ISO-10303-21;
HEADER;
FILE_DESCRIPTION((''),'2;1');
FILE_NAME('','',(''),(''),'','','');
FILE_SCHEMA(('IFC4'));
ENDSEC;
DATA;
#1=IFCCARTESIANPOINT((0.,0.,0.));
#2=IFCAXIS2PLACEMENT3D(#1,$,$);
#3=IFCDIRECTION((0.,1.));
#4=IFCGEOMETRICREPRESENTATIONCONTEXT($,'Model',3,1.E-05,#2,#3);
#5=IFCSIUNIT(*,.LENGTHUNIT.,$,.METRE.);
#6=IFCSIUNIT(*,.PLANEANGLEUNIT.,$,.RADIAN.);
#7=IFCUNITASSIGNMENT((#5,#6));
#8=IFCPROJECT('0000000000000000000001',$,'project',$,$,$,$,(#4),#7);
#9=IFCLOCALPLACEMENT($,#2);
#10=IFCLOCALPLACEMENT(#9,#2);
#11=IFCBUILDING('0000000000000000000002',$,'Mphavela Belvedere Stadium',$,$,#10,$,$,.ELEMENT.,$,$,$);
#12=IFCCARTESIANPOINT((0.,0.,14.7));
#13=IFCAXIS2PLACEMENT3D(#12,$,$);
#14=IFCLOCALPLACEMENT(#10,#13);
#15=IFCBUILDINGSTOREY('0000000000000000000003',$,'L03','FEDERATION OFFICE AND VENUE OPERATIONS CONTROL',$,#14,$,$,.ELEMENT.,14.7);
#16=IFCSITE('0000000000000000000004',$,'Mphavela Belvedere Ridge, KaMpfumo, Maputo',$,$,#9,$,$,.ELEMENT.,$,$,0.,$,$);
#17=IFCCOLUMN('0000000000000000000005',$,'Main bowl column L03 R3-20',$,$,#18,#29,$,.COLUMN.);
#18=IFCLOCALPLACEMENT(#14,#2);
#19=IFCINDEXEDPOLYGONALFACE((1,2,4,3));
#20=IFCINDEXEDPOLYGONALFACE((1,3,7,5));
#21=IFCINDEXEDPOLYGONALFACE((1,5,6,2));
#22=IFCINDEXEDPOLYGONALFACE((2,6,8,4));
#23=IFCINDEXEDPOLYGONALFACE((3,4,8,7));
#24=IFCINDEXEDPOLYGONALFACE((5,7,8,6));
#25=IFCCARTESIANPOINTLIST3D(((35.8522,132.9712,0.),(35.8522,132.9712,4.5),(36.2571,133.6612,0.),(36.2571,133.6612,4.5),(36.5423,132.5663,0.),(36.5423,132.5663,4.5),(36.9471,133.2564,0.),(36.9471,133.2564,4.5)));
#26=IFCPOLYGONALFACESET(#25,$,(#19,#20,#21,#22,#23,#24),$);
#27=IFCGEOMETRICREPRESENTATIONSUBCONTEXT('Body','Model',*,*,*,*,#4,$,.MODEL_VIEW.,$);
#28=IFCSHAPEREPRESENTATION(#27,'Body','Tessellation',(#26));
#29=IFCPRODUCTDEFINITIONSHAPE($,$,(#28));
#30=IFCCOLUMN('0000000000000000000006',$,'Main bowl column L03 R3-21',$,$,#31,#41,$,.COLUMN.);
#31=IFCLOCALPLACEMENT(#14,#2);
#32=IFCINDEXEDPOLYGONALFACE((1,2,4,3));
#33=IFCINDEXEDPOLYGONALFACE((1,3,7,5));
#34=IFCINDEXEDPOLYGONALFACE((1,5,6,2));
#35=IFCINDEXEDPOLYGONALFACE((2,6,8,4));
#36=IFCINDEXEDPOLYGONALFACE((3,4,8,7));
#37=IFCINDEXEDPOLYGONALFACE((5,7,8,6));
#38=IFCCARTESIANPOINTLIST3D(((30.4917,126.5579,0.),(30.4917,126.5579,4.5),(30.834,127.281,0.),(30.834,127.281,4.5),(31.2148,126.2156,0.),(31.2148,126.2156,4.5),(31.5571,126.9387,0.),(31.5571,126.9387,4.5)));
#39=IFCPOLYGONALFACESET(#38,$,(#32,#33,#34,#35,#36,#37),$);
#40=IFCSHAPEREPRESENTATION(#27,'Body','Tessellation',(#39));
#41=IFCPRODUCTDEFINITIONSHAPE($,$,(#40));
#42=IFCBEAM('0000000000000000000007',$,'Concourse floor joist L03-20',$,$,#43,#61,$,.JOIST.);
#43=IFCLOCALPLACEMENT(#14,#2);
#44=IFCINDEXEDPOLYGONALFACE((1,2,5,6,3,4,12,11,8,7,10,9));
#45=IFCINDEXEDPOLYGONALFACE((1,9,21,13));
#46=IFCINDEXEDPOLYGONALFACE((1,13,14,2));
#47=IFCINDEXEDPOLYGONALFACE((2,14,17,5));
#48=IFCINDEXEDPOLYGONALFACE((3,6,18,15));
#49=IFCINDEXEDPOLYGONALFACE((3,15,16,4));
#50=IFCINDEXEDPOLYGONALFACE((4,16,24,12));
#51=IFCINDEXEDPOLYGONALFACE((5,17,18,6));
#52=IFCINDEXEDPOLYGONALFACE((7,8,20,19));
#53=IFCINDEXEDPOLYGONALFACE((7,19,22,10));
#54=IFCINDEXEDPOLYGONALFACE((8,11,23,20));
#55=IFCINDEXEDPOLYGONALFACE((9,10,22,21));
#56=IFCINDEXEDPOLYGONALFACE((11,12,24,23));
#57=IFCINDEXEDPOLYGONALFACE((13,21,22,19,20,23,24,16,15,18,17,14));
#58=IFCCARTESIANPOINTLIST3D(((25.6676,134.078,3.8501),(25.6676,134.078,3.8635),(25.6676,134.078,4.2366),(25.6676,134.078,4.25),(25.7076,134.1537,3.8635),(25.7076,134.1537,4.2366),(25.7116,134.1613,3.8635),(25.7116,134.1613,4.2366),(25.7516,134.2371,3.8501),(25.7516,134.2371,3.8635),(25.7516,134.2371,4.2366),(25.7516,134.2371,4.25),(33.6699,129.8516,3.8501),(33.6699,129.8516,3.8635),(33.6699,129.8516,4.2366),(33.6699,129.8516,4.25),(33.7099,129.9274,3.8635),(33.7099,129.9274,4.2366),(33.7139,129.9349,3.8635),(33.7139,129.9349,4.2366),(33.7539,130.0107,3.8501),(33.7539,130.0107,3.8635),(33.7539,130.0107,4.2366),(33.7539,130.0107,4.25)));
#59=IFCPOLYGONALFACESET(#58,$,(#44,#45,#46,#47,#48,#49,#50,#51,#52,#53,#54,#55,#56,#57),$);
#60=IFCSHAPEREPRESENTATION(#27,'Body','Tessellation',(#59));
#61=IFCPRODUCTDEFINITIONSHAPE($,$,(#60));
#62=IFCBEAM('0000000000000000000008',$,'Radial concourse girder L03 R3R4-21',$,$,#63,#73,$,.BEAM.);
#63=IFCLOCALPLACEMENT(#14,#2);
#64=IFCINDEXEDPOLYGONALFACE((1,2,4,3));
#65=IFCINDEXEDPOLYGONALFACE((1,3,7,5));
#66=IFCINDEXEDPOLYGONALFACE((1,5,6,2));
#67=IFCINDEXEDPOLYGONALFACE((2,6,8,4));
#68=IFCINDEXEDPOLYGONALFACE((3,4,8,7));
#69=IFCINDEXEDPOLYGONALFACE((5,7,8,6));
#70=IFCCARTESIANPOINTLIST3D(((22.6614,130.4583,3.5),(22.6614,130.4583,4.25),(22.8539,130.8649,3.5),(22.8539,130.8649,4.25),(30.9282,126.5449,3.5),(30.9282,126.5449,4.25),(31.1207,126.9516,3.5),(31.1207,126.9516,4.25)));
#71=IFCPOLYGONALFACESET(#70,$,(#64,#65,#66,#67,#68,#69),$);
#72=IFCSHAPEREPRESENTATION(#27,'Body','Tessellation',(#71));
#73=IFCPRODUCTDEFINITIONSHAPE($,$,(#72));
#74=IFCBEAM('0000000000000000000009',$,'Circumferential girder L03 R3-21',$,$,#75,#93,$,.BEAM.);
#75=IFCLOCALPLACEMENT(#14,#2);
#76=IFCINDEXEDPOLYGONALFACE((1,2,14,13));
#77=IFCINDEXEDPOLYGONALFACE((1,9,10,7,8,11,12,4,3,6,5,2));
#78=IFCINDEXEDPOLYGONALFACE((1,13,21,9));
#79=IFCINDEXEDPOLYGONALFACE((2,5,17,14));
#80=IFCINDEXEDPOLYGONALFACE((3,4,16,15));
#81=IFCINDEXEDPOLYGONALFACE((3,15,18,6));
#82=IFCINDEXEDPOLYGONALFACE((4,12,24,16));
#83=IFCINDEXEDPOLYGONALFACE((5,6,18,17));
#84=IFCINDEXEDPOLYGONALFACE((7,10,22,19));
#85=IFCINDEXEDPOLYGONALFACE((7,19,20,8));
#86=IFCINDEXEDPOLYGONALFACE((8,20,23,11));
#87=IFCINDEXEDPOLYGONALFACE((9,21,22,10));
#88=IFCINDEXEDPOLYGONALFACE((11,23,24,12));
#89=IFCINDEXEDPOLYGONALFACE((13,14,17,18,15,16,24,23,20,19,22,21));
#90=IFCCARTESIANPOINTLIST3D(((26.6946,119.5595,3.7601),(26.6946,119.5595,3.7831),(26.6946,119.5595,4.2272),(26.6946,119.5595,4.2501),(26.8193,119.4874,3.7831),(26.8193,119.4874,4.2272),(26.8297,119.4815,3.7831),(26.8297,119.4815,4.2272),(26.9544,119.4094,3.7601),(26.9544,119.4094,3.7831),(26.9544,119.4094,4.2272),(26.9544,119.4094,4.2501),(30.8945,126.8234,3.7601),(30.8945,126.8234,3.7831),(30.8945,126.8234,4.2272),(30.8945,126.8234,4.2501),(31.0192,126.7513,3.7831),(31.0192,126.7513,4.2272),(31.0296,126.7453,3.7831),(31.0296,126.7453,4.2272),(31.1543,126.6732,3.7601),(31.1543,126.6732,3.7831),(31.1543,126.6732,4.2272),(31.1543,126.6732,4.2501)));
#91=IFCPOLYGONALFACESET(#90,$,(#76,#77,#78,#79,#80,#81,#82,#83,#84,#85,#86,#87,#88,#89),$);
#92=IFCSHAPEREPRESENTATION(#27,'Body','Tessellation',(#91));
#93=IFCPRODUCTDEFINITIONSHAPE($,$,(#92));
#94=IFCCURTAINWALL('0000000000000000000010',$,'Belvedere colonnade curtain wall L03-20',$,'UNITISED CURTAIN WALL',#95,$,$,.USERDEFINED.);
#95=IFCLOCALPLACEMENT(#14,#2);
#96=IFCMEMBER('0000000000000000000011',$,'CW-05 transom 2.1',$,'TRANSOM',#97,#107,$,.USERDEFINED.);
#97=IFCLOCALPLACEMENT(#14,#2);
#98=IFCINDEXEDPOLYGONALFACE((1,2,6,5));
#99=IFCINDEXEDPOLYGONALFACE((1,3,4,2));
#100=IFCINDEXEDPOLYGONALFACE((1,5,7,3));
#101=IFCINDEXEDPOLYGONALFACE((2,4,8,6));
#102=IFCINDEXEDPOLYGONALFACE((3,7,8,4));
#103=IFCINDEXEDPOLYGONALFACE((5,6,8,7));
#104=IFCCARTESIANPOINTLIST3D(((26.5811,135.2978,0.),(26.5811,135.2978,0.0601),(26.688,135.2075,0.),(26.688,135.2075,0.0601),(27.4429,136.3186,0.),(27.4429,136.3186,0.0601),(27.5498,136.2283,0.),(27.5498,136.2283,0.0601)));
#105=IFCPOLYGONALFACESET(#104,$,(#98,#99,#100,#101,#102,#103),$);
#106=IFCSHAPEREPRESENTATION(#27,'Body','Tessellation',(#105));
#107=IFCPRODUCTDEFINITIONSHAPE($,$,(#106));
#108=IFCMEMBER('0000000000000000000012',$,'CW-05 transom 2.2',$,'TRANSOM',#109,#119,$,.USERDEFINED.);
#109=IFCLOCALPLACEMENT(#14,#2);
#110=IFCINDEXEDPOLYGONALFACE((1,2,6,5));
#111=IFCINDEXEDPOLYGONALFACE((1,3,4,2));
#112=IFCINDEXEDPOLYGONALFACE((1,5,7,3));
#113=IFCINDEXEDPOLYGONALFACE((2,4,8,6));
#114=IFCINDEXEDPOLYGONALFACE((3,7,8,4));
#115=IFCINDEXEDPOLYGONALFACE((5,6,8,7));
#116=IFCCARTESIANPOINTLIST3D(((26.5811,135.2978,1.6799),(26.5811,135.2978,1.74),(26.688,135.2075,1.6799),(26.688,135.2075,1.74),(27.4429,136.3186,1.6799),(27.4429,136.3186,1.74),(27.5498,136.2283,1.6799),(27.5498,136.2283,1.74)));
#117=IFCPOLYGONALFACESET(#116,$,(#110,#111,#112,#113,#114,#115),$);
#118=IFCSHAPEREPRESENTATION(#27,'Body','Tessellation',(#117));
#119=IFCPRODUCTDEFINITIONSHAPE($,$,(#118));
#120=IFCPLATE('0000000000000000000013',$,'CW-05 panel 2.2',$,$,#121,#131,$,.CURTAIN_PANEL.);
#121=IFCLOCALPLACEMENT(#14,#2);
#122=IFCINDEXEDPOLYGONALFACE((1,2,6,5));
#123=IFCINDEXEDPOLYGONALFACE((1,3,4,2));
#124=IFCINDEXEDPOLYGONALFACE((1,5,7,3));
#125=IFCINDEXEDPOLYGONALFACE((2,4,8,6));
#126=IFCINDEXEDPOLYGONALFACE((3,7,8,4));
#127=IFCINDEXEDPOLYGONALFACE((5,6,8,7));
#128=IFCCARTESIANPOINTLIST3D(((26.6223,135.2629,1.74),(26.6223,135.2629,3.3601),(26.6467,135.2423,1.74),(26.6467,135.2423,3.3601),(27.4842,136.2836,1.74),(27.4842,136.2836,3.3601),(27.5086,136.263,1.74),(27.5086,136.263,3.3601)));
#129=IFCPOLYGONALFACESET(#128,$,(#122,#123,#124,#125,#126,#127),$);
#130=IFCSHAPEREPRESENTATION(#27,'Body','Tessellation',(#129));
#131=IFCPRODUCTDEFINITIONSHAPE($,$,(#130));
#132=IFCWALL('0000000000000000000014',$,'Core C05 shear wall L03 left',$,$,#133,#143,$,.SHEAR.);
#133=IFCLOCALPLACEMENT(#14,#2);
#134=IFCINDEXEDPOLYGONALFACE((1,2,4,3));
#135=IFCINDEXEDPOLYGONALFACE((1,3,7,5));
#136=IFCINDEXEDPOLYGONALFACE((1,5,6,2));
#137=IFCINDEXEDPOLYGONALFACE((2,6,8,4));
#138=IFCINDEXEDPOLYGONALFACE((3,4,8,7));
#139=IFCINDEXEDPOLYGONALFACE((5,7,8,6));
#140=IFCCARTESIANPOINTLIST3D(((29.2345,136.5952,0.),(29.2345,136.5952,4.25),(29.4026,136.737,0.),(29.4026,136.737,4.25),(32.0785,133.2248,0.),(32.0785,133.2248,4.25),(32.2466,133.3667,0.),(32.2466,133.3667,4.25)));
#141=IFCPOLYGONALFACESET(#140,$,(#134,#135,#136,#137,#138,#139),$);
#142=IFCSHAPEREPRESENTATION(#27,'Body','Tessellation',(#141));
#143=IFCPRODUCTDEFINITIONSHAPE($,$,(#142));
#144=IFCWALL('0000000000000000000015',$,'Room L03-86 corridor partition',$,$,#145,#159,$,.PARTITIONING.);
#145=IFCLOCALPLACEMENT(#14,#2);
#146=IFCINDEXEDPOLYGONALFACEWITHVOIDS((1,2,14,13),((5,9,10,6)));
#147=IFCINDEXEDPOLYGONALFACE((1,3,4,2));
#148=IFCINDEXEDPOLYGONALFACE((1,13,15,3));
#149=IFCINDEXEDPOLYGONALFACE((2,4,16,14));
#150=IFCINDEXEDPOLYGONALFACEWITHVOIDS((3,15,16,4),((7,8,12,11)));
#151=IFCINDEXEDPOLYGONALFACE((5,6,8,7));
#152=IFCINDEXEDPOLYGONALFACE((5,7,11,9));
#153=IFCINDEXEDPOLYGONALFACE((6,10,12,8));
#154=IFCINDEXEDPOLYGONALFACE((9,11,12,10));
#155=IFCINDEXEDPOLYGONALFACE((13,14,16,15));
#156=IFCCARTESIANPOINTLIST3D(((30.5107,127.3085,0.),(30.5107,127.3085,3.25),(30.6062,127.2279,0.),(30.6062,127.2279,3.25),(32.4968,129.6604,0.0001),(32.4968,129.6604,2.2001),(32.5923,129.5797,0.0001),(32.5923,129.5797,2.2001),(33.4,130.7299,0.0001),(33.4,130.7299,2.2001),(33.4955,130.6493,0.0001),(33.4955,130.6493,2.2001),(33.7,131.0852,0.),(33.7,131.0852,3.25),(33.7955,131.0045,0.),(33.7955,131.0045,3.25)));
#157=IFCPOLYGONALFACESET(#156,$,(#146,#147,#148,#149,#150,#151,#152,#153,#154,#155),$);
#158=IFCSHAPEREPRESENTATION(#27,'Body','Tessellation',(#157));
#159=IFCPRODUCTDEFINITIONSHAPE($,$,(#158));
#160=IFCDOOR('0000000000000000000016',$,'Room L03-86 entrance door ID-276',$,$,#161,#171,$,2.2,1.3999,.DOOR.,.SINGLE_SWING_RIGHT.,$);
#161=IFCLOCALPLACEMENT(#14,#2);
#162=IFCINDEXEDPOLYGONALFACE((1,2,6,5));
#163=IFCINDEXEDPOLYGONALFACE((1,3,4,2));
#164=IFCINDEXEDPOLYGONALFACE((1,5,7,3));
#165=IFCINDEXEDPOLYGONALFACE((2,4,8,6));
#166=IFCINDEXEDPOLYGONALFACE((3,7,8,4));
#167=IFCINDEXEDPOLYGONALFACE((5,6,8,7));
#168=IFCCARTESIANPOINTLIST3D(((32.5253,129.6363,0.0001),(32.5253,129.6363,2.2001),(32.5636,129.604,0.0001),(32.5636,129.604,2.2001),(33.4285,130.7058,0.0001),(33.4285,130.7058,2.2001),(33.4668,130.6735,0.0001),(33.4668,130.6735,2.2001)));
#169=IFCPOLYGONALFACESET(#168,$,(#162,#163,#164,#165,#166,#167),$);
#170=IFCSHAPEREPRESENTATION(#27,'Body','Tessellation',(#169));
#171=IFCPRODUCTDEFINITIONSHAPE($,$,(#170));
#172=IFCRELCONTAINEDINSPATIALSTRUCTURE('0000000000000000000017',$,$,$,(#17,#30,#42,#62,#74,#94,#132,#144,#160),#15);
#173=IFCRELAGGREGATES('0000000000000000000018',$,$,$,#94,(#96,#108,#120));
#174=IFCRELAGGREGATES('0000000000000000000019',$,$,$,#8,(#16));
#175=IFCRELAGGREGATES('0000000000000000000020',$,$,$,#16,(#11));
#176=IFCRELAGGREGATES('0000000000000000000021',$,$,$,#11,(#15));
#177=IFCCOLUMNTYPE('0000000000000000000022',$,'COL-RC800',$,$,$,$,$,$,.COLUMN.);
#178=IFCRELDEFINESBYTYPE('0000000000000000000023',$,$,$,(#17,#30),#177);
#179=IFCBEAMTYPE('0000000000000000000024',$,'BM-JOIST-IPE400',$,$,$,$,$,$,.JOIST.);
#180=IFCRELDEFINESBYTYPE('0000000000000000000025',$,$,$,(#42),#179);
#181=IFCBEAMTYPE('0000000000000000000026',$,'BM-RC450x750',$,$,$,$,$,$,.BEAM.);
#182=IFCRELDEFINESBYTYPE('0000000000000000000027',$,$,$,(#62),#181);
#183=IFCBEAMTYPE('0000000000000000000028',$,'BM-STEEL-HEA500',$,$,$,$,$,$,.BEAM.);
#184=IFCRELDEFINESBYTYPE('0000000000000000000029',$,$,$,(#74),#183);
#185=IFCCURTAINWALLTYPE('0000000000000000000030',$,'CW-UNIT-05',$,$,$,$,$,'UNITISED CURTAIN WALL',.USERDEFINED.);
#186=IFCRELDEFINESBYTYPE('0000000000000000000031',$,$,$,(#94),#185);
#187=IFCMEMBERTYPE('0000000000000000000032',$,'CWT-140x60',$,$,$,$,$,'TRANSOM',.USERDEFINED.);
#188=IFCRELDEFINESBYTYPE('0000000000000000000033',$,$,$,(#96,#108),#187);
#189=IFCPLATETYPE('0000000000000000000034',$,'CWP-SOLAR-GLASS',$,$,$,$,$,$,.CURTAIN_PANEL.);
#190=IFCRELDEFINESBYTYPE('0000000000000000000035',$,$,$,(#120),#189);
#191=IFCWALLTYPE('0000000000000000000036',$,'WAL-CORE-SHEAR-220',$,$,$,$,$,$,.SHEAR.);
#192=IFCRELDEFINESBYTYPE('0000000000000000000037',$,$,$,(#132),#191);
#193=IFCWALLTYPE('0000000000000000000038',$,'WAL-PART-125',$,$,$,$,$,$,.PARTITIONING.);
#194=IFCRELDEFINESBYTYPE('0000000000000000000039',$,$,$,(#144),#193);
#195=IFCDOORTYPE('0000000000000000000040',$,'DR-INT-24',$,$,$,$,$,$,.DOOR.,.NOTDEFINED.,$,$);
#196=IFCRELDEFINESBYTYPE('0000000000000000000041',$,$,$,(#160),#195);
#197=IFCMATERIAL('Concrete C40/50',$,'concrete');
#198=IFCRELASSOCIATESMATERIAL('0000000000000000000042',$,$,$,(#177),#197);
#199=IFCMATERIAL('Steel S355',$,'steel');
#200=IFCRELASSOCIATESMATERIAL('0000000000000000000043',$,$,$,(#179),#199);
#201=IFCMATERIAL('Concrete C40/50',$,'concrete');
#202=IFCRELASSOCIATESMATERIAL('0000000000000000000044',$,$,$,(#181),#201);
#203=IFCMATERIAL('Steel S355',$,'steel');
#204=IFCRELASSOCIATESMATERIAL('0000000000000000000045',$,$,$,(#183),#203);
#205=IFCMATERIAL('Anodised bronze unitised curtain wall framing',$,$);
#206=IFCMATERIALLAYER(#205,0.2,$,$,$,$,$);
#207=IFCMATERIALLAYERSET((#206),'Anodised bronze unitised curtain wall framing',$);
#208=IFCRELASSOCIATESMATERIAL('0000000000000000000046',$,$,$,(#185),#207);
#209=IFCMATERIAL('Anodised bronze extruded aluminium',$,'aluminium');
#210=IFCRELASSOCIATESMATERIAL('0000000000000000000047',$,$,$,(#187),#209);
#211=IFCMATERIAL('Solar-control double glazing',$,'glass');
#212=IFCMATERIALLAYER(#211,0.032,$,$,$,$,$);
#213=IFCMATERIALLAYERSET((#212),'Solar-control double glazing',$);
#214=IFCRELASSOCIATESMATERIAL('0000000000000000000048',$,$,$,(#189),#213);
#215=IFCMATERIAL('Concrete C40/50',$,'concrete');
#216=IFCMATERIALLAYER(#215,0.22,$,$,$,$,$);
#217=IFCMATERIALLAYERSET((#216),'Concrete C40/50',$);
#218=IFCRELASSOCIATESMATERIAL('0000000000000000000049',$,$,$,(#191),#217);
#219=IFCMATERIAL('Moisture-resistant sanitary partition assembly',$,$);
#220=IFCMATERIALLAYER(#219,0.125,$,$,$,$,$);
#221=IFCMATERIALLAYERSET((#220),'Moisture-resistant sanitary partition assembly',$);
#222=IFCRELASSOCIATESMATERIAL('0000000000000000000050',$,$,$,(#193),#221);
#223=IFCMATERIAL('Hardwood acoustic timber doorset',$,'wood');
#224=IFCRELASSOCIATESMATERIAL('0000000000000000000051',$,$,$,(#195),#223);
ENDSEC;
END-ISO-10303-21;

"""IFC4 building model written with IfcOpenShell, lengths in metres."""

from ifc_helpers import new_model, si_unit, direction, frame, frame_2d, origin, origin_2d, place, context, subcontext, project, spatial, rectangle, i_section, extrude, material, layer, layer_set, material_profile, profile_set, type_object, element, fill, aggregate, save


model = new_model("IFC4")

# Units and contexts
model_context = context("Model", 3, precision=1e-05, world=origin(), true_north=direction((0.0, 1.0)))
body_context = subcontext(model_context, "Body", "Model", "MODEL_VIEW")
ifc_project = project(units=[si_unit("LENGTHUNIT", "METRE"), si_unit("PLANEANGLEUNIT", "RADIAN")], contexts=[model_context])

# Site, building, storey
site_placement = place(None, origin())
site = spatial("IfcSite", under=ifc_project, at=site_placement, Name="Mphavela Belvedere Ridge, KaMpfumo, Maputo", CompositionType="ELEMENT", RefElevation=0.0)
building_placement = place(site_placement, origin())
building = spatial("IfcBuilding", under=site, at=building_placement, Name="Mphavela Belvedere Stadium", CompositionType="ELEMENT")
storey_placement = place(building_placement, frame((0.0, 0.0, 14.7)))
storey = spatial("IfcBuildingStorey", under=building, at=storey_placement, Name="L03", Description="FEDERATION OFFICE AND VENUE OPERATIONS CONTROL", CompositionType="ELEMENT", Elevation=14.7)

# Columns
ifc_material_1 = material(Name="Concrete C40/50", Category="concrete")
ifc_material_profile_1 = material_profile(ifc_material_1, rectangle(XDim=0.8, YDim=0.8, at=origin_2d()), Name="RC 800x800")
ifc_profile_set_1 = profile_set([ifc_material_profile_1], Name="Concrete C40/50")
column_type = type_object("IfcColumnType", Name="COL-RC800", PredefinedType="COLUMN", material=ifc_profile_set_1)
for number, where, z_axis, x_axis, name in (
    (1, (36.3997, 133.1138, 0.0), (0.0, 0.0, 1.0), (-0.862514, 0.506034, 0.0), "Main bowl column L03 R3-20"),
    (2, (31.0244, 126.7483, 0.0), (0.0, 0.0, 1.0), (-0.903859, 0.427831, 0.0), "Main bowl column L03 R3-21"),
):
    element("IfcColumn", number, at=place(storey_placement, frame(where, z_axis=z_axis, x_axis=x_axis)), inside=storey, type_object=column_type, Name=name, PredefinedType="COLUMN", context=body_context, shape_type="SweptSolid", body=[
        extrude(rectangle(XDim=0.8, YDim=0.8, at=origin_2d()), origin(), (0.0, 0.0, 1.0), 4.5),
    ])

# Beams
ifc_material_2 = material(Name="Steel S355", Category="steel")
ifc_material_profile_2 = material_profile(ifc_material_2, i_section(OverallWidth=0.1799, OverallDepth=0.3999, WebThickness=0.0085, FlangeThickness=0.0134, at=origin_2d()), Name="IPE 400")
ifc_profile_set_2 = profile_set([ifc_material_profile_2], Name="Steel S355")
beam_type_1 = type_object("IfcBeamType", Name="BM-JOIST-IPE400", PredefinedType="JOIST", material=ifc_profile_set_2)
beam_1_placement = place(storey_placement, frame((33.7119, 129.9312, 4.05), z_axis=(-0.884251, 0.467012, 0.0), x_axis=(-0.467012, -0.884251, 0.0)))
element("IfcBeam", 3, at=beam_1_placement, inside=storey, type_object=beam_type_1, Name="Concourse floor joist L03-20", PredefinedType="JOIST", context=body_context, shape_type="SweptSolid", body=[
    extrude(i_section(OverallWidth=0.1799, OverallDepth=0.3999, WebThickness=0.0085, FlangeThickness=0.0134, at=origin_2d()), origin(), (0.0, 0.0, 1.0), 9.0498),
])
ifc_material_3 = material(Name="Concrete C40/50", Category="concrete")
ifc_material_profile_3 = material_profile(ifc_material_3, rectangle(XDim=0.45, YDim=0.75, at=origin_2d()), Name="RC 450x750")
ifc_profile_set_3 = profile_set([ifc_material_profile_3], Name="Concrete C40/50")
beam_type_2 = type_object("IfcBeamType", Name="BM-RC450x750", PredefinedType="BEAM", material=ifc_profile_set_3)
beam_2_placement = place(storey_placement, frame((31.0244, 126.7483, 3.875), z_axis=(-0.903845, 0.427859, 0.0), x_axis=(-0.427859, -0.903845, 0.0)))
element("IfcBeam", 4, at=beam_2_placement, inside=storey, type_object=beam_type_2, Name="Radial concourse girder L03 R3R4-21", PredefinedType="BEAM", context=body_context, shape_type="SweptSolid", body=[
    extrude(rectangle(XDim=0.45, YDim=0.75, at=origin_2d()), origin(), (0.0, 0.0, 1.0), 9.1462),
])
ifc_material_4 = material(Name="Steel S355", Category="steel")
ifc_material_profile_4 = material_profile(ifc_material_4, i_section(OverallWidth=0.3, OverallDepth=0.49, WebThickness=0.012, FlangeThickness=0.0229, at=origin_2d()), Name="HEA 500")
ifc_profile_set_4 = profile_set([ifc_material_profile_4], Name="Steel S355")
beam_type_3 = type_object("IfcBeamType", Name="BM-STEEL-HEA500", PredefinedType="BEAM", material=ifc_profile_set_4)
beam_3_placement = place(storey_placement, frame((31.0244, 126.7483, 4.0051), z_axis=(-0.500548, -0.865709, 0.0), x_axis=(0.865709, -0.500548, 0.0)))
element("IfcBeam", 5, at=beam_3_placement, inside=storey, type_object=beam_type_3, Name="Circumferential girder L03 R3-21", PredefinedType="BEAM", context=body_context, shape_type="SweptSolid", body=[
    extrude(i_section(OverallWidth=0.3, OverallDepth=0.49, WebThickness=0.012, FlangeThickness=0.0229, at=origin_2d()), origin(), (0.0, 0.0, 1.0), 8.3906),
])

# Curtain wall, members, plate
ifc_material_5 = material(Name="Anodised bronze unitised curtain wall framing")
ifc_layer_1 = layer(ifc_material_5, 0.2)
ifc_layer_set_1 = layer_set([ifc_layer_1], Name="Anodised bronze unitised curtain wall framing")
curtain_wall_type = type_object("IfcCurtainWallType", Name="CW-UNIT-05", ElementType="UNITISED CURTAIN WALL", PredefinedType="USERDEFINED", material=ifc_layer_set_1)
curtain_wall_placement = place(storey_placement, origin())
curtain_wall = element("IfcCurtainWall", 6, at=curtain_wall_placement, inside=storey, type_object=curtain_wall_type, Name="Belvedere colonnade curtain wall L03-20", ObjectType="UNITISED CURTAIN WALL", PredefinedType="USERDEFINED")
ifc_material_6 = material(Name="Anodised bronze extruded aluminium", Category="aluminium")
ifc_material_profile_5 = material_profile(ifc_material_6, rectangle(XDim=0.1399, YDim=0.0601, at=origin_2d()), Name="CW-TRN 140x60")
ifc_profile_set_5 = profile_set([ifc_material_profile_5], Name="Anodised bronze extruded aluminium")
member_type = type_object("IfcMemberType", Name="CWT-140x60", ElementType="TRANSOM", PredefinedType="USERDEFINED", material=ifc_profile_set_5)
member_1_placement = place(storey_placement, frame((27.4963, 136.2734, 0.03), z_axis=(-0.645114, -0.764086, 0.0), x_axis=(0.764086, -0.645114, 0.0)))
member_1 = element("IfcMember", 7, at=member_1_placement, type_object=member_type, Name="CW-05 transom 2.1", ObjectType="TRANSOM", PredefinedType="USERDEFINED", context=body_context, shape_type="SweptSolid", body=[
    extrude(rectangle(XDim=0.1399, YDim=0.0601, at=origin_2d()), origin(), (0.0, 0.0, 1.0), 1.3359),
])
member_2_placement = place(storey_placement, frame((27.4963, 136.2734, 1.71), z_axis=(-0.645114, -0.764086, 0.0), x_axis=(0.764086, -0.645114, 0.0)))
member_2 = element("IfcMember", 8, at=member_2_placement, type_object=member_type, Name="CW-05 transom 2.2", ObjectType="TRANSOM", PredefinedType="USERDEFINED", context=body_context, shape_type="SweptSolid", body=[
    extrude(rectangle(XDim=0.1399, YDim=0.0601, at=origin_2d()), origin(), (0.0, 0.0, 1.0), 1.3359),
])
ifc_material_7 = material(Name="Solar-control double glazing", Category="glass")
ifc_layer_2 = layer(ifc_material_7, 0.032)
ifc_layer_set_2 = layer_set([ifc_layer_2], Name="Solar-control double glazing")
plate_type = type_object("IfcPlateType", Name="CWP-SOLAR-GLASS", PredefinedType="CURTAIN_PANEL", material=ifc_layer_set_2)
plate_placement = place(storey_placement, frame((27.0654, 135.7629, 1.74), z_axis=(0.0, 0.0, 1.0), x_axis=(-0.645179, -0.764031, 0.0)))
plate = element("IfcPlate", 9, at=plate_placement, type_object=plate_type, Name="CW-05 panel 2.2", PredefinedType="CURTAIN_PANEL", context=body_context, shape_type="SweptSolid", body=[
    extrude(rectangle(XDim=1.3359, YDim=0.032, at=origin_2d()), origin(), (0.0, 0.0, 1.0), 1.6201),
])
aggregate(curtain_wall, [member_1, member_2, plate])

# Wall
ifc_material_8 = material(Name="Concrete C40/50", Category="concrete")
ifc_layer_3 = layer(ifc_material_8, 0.22)
ifc_layer_set_3 = layer_set([ifc_layer_3], Name="Concrete C40/50")
wall_type_1 = type_object("IfcWallType", Name="WAL-CORE-SHEAR-220", PredefinedType="SHEAR", material=ifc_layer_set_3)
wall_1_placement = place(storey_placement, frame((32.1626, 133.2957, 0.0), z_axis=(0.0, 0.0, 1.0), x_axis=(-0.644904, 0.764263, 0.0)))
element("IfcWall", 10, at=wall_1_placement, inside=storey, type_object=wall_type_1, Name="Core C05 shear wall L03 left", PredefinedType="SHEAR", context=body_context, shape_type="SweptSolid", body=[
    extrude(rectangle(XDim=4.4099, YDim=0.22, at=frame_2d((2.2051, 0.0))), origin(), (0.0, 0.0, 1.0), 4.25),
])

# Wall, opening, door
ifc_material_9 = material(Name="Moisture-resistant sanitary partition assembly")
ifc_layer_4 = layer(ifc_material_9, 0.125)
ifc_layer_set_4 = layer_set([ifc_layer_4], Name="Moisture-resistant sanitary partition assembly")
wall_type_2 = type_object("IfcWallType", Name="WAL-PART-125", PredefinedType="PARTITIONING", material=ifc_layer_set_4)
wall_2_placement = place(storey_placement, frame((33.7478, 131.0449, 0.0), z_axis=(0.0, 0.0, 1.0), x_axis=(-0.645189, -0.764023, 0.0)))
wall_2 = element("IfcWall", 11, at=wall_2_placement, inside=storey, type_object=wall_type_2, Name="Room L03-86 corridor partition", PredefinedType="PARTITIONING", context=body_context, shape_type="SweptSolid", body=[
    extrude(rectangle(XDim=4.9431, YDim=0.125, at=frame_2d((2.4717, 0.0))), origin(), (0.0, 0.0, 1.0), 3.25),
])
opening_1_placement = place(wall_2_placement, frame((0.4651, 0.0, 0.0)))
opening_1 = element("IfcOpeningElement", 12, at=opening_1_placement, cuts=wall_2, PredefinedType="OPENING", context=body_context, shape_type="SweptSolid", body=[
    extrude(rectangle(XDim=1.3999, YDim=2.2, at=frame_2d((0.7, 1.1001))), frame((0.0, 0.0725, 0.0), z_axis=(0.0, -1.0, 0.0), x_axis=(1.0, 0.0, 0.0)), (0.0, 0.0, 1.0), 0.145),
])
ifc_material_10 = material(Name="Hardwood acoustic timber doorset", Category="wood")
door_type_1 = type_object("IfcDoorType", Name="DR-INT-24", OperationType="NOTDEFINED", PredefinedType="DOOR", material=ifc_material_10)
door_1_placement = place(opening_1_placement, origin())
door_1 = element("IfcDoor", 13, at=door_1_placement, inside=storey, type_object=door_type_1, Name="Room L03-86 entrance door ID-276", OperationType="SINGLE_SWING_RIGHT", OverallHeight=2.2, OverallWidth=1.3999, PredefinedType="DOOR", context=body_context, shape_type="SweptSolid", body=[
    extrude(rectangle(XDim=1.3999, YDim=2.2, at=frame_2d((0.7, 1.1001))), frame((0.0, 0.0249, 0.0), z_axis=(0.0, -1.0, 0.0), x_axis=(1.0, 0.0, 0.0)), (0.0, 0.0, 1.0), 0.05),
])
fill(opening_1, door_1)

save(model, "model.ifc")
